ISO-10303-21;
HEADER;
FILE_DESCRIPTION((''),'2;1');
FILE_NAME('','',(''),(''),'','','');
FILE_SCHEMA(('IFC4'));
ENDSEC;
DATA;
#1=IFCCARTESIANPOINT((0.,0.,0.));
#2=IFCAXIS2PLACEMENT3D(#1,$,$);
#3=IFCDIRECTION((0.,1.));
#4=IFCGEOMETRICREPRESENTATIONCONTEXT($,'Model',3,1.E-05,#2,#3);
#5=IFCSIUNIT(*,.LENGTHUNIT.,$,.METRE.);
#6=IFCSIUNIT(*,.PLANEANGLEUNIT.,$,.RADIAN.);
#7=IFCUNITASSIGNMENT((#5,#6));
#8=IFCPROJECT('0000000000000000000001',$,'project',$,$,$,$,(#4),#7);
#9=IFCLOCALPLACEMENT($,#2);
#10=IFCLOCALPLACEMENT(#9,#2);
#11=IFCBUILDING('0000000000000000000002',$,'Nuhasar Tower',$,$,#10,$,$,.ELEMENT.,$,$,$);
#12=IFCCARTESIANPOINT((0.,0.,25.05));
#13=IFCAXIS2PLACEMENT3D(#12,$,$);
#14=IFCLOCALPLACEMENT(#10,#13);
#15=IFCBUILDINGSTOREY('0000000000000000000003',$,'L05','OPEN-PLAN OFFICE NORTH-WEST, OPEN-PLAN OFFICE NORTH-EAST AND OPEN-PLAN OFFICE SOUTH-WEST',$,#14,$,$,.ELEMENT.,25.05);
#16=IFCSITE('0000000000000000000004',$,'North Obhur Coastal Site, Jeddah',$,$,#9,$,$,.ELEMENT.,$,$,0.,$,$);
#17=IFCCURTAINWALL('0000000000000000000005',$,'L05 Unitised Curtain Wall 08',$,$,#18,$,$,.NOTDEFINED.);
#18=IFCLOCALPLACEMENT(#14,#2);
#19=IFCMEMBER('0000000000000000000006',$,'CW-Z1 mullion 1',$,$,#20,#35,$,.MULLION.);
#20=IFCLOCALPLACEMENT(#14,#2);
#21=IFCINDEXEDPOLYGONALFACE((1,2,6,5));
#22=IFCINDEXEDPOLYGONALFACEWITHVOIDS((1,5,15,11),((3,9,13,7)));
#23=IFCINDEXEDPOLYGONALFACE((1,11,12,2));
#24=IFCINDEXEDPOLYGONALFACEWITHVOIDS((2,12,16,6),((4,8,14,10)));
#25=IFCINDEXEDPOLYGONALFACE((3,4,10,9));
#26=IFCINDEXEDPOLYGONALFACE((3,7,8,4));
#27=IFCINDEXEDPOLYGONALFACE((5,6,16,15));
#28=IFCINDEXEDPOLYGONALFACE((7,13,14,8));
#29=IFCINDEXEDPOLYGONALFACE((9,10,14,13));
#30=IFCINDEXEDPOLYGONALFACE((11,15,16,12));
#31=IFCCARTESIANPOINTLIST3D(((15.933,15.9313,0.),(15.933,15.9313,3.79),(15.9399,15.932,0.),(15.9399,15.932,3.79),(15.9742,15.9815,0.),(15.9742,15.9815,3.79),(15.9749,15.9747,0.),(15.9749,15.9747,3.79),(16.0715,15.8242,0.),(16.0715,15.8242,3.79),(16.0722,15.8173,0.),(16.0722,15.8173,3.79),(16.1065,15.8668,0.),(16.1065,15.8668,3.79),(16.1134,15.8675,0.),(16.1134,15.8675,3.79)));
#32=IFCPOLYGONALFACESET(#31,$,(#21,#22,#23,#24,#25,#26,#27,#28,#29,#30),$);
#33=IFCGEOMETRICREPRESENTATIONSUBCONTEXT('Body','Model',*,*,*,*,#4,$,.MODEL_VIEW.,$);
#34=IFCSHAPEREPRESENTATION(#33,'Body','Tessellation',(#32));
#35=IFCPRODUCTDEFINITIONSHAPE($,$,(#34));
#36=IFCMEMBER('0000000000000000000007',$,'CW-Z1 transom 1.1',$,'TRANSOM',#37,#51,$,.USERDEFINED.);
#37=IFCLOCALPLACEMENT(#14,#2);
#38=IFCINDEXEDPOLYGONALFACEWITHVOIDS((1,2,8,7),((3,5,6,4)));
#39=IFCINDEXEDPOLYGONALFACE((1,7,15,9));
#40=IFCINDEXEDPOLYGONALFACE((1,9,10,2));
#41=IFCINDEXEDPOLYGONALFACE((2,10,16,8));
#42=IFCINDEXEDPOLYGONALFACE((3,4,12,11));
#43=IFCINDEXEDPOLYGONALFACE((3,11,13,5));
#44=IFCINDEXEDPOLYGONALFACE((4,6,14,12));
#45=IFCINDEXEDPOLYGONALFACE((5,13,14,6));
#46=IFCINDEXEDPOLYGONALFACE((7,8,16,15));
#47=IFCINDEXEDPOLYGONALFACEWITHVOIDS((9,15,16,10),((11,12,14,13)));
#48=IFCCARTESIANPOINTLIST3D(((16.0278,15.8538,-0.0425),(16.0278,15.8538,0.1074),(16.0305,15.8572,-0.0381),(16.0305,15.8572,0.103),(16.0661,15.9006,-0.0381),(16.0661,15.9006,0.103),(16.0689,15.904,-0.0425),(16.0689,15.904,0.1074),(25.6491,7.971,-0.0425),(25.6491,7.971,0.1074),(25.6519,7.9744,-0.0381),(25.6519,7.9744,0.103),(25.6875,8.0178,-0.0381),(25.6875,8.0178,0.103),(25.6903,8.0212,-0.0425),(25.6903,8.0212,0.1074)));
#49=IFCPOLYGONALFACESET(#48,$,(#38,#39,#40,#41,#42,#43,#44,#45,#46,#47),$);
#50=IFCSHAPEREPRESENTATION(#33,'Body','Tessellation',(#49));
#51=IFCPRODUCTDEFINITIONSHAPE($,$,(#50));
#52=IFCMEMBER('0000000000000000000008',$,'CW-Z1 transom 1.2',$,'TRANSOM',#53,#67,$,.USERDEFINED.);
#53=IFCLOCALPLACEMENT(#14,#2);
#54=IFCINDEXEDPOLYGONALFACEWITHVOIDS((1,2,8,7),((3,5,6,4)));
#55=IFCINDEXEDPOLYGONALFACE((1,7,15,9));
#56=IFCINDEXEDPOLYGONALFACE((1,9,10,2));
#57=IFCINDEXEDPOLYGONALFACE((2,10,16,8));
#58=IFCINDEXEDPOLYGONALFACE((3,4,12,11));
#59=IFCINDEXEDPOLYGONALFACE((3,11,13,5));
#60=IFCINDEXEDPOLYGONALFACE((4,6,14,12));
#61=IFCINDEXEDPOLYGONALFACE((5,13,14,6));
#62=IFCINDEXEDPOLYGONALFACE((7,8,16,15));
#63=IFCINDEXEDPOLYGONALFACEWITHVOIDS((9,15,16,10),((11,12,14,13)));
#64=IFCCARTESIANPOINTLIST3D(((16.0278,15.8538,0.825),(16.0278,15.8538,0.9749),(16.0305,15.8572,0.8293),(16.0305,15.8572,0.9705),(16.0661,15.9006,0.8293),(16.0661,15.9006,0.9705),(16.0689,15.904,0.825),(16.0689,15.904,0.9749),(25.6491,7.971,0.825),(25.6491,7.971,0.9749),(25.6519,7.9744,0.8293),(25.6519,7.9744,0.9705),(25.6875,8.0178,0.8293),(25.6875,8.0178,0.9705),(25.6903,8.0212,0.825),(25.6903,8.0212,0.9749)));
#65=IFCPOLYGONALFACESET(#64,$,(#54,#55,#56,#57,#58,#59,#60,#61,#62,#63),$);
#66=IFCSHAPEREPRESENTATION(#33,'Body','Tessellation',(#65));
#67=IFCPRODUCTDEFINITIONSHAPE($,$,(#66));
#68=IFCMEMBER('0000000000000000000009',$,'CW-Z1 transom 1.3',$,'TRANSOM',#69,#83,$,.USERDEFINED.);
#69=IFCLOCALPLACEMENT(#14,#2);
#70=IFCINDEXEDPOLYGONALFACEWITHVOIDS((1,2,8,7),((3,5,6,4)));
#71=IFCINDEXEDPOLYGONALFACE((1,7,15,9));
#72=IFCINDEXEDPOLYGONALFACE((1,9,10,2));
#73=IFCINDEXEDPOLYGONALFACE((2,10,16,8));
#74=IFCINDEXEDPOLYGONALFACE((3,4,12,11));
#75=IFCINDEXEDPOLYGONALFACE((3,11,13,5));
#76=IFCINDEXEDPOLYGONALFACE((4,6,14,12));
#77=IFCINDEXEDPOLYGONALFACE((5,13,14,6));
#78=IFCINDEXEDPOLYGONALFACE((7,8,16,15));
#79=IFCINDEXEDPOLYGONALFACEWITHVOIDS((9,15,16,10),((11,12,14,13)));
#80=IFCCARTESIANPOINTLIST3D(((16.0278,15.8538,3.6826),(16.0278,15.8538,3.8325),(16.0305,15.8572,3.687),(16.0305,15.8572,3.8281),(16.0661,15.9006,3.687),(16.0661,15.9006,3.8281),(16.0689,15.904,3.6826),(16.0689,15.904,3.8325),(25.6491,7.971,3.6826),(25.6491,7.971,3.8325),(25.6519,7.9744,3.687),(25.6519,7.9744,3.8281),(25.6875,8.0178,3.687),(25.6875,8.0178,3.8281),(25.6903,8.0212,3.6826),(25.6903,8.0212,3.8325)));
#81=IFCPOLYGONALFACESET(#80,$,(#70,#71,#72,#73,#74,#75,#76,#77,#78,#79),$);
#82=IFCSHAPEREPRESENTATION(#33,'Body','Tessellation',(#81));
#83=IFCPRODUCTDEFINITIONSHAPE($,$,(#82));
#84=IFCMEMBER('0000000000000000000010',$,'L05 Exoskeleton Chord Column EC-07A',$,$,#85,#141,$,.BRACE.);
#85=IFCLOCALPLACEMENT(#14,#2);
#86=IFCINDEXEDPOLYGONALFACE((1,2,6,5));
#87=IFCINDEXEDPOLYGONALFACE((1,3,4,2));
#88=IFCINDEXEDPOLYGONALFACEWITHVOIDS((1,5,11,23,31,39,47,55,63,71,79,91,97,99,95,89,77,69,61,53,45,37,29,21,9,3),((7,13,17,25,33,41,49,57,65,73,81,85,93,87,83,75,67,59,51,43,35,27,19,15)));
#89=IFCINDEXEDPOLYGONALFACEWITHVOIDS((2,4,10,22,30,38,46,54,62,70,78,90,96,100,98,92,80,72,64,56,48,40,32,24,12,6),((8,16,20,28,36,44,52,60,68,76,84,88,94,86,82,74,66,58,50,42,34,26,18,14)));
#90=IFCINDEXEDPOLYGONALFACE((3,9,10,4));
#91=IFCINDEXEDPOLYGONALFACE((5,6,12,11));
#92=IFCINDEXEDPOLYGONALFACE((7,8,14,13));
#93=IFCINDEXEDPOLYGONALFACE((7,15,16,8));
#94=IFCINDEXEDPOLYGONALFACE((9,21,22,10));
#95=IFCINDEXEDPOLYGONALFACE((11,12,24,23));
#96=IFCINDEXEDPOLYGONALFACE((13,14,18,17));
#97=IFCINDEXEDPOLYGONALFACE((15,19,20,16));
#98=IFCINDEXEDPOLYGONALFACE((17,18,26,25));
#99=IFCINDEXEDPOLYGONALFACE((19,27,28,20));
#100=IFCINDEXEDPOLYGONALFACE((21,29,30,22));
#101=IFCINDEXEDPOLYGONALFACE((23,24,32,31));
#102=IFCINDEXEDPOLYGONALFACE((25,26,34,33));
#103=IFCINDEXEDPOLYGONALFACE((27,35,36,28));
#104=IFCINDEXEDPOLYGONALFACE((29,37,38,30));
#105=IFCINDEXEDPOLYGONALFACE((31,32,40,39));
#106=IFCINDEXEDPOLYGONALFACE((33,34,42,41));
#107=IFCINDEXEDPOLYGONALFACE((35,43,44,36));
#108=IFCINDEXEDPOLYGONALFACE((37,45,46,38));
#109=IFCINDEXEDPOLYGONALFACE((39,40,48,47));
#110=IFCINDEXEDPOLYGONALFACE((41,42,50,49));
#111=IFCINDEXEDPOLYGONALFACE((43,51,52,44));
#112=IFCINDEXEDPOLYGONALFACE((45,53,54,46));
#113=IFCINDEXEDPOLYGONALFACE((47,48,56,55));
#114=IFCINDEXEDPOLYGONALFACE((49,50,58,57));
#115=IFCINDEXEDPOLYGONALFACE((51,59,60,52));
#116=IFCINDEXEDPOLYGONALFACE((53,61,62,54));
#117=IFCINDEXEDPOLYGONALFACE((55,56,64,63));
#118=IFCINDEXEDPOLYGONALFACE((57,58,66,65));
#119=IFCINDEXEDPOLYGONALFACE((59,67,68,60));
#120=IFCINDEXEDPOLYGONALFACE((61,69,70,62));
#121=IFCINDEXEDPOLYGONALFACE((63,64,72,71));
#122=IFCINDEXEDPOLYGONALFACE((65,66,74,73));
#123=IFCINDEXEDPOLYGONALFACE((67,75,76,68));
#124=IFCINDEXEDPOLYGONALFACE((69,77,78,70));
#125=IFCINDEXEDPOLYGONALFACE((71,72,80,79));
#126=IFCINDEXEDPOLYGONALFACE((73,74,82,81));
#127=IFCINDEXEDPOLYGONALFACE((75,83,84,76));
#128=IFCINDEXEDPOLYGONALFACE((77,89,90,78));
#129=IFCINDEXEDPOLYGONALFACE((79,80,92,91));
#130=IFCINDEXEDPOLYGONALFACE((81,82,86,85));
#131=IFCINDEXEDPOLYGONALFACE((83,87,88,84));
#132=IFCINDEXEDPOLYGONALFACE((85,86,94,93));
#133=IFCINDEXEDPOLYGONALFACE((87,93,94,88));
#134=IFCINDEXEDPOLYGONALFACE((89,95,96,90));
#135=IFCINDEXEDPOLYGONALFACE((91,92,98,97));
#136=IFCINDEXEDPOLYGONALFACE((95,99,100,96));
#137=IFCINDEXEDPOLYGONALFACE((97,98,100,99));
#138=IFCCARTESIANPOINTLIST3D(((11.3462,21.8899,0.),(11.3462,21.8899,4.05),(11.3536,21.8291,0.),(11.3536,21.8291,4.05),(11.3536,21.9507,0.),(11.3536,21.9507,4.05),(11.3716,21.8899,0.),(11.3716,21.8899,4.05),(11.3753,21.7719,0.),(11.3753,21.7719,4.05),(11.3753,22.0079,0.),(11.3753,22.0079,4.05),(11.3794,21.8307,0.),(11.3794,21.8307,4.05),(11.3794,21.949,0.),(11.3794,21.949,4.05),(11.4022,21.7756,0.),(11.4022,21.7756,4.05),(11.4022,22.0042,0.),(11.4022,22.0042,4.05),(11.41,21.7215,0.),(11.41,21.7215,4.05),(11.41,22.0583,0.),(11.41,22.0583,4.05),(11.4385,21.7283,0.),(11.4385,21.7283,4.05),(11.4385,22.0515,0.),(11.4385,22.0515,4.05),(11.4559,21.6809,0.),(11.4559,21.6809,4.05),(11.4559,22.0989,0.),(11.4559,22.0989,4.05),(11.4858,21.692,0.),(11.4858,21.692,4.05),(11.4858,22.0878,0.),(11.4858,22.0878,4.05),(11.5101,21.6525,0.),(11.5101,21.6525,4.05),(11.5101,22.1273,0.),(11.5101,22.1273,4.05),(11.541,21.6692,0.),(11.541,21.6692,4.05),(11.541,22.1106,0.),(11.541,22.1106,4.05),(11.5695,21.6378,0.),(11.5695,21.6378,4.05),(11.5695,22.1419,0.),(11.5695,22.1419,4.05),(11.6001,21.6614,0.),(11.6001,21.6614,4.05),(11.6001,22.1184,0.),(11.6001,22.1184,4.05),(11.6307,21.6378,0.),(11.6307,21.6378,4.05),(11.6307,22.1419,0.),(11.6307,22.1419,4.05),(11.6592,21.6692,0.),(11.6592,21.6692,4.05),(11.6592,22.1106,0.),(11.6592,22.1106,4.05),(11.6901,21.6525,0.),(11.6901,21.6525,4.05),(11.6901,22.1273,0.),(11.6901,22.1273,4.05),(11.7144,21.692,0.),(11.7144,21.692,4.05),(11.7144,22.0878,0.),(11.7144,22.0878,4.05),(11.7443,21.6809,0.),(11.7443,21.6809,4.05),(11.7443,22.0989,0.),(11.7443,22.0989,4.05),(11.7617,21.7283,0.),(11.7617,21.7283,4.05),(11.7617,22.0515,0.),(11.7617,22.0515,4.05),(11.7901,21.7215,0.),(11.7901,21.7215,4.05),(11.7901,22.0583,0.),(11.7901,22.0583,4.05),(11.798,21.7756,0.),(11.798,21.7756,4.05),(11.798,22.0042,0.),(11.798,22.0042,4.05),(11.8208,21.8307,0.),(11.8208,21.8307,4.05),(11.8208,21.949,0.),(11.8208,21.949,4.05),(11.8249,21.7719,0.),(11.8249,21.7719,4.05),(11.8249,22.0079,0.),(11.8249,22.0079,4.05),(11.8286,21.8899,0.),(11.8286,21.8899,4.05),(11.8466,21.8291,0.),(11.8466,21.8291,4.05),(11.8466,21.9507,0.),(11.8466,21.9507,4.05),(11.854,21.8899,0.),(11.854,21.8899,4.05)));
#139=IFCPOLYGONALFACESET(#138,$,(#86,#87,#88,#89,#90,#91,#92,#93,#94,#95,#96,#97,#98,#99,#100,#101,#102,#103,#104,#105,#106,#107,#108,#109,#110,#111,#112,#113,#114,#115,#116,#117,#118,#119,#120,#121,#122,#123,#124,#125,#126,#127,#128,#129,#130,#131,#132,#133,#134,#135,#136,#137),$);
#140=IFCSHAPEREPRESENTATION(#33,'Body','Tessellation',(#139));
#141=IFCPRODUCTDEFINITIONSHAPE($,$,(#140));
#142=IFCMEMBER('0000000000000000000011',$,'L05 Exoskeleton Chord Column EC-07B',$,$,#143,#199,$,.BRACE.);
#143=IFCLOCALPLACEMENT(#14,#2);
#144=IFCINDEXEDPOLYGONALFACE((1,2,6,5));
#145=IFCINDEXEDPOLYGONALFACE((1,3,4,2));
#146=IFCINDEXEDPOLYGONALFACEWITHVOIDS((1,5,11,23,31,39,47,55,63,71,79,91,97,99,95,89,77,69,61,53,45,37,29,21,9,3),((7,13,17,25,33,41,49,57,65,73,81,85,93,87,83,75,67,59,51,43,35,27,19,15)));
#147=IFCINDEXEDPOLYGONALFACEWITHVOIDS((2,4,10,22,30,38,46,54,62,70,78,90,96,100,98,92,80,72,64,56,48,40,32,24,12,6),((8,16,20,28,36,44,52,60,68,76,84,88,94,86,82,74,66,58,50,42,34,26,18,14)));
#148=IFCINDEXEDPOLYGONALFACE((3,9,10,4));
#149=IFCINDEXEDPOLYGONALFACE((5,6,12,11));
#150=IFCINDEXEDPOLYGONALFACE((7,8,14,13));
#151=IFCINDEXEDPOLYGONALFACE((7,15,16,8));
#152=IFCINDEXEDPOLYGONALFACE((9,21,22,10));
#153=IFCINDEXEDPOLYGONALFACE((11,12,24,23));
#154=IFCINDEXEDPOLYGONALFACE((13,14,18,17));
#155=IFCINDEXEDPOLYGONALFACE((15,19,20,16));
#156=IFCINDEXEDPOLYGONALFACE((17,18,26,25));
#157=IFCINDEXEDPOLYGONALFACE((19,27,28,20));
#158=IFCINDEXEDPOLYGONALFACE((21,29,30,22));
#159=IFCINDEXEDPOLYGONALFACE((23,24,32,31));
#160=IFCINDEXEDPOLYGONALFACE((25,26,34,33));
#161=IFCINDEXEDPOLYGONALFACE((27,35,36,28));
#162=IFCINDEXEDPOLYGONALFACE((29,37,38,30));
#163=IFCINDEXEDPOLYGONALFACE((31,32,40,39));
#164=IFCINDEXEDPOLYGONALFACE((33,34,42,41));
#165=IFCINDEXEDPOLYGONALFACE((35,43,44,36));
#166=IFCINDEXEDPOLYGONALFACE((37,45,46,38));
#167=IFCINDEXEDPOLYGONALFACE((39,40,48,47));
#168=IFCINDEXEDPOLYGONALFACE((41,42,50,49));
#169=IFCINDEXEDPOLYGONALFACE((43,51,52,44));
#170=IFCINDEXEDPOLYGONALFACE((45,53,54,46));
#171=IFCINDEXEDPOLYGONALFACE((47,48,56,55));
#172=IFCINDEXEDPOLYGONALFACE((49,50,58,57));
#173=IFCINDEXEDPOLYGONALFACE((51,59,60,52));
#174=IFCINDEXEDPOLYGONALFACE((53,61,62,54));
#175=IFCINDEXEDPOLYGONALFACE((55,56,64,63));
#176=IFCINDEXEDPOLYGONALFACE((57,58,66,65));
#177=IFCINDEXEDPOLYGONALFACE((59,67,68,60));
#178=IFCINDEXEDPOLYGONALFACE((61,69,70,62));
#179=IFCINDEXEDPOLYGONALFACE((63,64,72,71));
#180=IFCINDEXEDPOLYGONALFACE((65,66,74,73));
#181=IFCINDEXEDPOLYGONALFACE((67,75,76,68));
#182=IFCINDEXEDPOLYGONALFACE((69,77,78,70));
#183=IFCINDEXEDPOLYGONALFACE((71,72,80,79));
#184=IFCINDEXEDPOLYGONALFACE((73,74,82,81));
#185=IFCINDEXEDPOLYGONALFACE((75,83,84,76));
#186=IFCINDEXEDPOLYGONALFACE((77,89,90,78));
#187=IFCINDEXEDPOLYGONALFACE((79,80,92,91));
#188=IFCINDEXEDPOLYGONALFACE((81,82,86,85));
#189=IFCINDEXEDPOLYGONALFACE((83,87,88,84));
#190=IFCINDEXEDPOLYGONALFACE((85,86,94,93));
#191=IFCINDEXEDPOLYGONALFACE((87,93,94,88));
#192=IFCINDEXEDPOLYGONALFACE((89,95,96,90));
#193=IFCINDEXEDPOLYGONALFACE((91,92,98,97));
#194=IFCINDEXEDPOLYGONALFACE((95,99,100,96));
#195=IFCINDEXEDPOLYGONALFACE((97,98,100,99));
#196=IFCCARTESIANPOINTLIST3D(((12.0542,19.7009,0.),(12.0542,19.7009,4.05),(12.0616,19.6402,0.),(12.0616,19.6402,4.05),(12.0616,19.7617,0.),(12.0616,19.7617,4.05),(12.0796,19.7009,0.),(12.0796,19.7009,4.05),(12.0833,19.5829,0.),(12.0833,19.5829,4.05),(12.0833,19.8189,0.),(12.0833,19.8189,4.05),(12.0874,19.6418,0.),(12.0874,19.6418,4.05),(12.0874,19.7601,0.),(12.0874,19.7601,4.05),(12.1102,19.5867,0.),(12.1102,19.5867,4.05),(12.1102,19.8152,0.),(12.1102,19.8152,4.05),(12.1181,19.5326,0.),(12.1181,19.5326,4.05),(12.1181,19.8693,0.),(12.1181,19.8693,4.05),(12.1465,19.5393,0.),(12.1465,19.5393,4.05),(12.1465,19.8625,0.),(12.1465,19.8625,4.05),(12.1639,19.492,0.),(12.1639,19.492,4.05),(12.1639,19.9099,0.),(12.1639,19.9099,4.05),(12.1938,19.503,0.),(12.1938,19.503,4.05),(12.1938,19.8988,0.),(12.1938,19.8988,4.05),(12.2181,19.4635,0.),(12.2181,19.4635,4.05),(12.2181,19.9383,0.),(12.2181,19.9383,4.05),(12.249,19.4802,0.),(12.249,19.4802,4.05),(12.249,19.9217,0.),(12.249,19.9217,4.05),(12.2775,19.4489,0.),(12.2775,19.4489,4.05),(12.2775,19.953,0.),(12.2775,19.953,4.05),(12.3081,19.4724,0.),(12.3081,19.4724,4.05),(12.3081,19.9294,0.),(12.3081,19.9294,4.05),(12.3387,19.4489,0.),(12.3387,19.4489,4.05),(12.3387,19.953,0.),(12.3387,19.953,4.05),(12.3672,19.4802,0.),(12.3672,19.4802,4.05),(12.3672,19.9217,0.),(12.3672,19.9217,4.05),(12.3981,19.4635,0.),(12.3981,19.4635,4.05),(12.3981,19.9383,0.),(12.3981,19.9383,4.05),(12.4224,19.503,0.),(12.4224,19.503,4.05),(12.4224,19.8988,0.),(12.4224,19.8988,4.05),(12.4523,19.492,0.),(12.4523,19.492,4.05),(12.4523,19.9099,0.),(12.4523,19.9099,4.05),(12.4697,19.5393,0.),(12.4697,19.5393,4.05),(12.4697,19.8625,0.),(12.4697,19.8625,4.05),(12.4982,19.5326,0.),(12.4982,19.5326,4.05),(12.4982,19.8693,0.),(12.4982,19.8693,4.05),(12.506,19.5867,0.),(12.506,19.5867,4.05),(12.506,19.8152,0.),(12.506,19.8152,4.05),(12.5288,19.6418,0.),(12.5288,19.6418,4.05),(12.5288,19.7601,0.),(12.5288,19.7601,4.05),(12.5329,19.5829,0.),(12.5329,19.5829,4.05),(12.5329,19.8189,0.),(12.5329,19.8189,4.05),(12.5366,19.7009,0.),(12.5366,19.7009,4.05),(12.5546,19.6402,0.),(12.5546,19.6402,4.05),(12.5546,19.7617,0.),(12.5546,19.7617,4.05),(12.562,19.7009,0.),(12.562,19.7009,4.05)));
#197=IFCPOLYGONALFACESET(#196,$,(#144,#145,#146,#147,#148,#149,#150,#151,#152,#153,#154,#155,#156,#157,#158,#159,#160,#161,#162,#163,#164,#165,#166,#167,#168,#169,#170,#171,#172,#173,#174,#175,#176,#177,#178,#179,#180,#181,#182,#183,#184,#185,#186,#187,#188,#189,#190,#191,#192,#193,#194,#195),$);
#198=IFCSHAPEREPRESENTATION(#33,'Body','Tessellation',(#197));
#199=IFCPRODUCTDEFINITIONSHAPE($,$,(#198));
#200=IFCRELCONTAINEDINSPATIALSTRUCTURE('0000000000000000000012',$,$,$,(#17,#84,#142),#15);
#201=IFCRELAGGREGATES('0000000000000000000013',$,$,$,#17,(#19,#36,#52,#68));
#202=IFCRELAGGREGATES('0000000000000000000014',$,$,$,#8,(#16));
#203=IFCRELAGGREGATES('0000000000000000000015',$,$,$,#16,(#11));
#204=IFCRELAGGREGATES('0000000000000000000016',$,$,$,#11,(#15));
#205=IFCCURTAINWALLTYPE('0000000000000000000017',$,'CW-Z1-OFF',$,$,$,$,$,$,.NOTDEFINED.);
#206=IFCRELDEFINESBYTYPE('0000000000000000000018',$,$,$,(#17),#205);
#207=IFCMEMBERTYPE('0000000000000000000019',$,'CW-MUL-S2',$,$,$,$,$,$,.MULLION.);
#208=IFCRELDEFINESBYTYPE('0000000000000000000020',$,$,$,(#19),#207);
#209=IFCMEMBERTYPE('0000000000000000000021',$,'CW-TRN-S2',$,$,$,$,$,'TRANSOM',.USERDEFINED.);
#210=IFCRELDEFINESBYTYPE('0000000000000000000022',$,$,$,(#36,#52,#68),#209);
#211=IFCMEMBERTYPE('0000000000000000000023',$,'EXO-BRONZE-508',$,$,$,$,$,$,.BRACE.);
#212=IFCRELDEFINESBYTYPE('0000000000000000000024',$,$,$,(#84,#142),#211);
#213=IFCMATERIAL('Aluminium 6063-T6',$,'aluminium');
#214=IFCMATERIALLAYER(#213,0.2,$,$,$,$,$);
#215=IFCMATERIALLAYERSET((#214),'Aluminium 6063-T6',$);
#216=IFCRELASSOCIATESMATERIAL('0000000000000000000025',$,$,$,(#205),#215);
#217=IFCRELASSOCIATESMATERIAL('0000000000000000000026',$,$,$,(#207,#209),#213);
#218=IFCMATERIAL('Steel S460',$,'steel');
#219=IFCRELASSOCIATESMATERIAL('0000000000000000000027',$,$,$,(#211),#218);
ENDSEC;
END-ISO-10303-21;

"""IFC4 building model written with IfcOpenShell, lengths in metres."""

from ifc_helpers import new_model, si_unit, direction, frame, origin, origin_2d, place, context, subcontext, project, spatial, hollow_rectangle, hollow_circle, extrude, material, layer, layer_set, material_profile, profile_set, type_object, element, aggregate, save


model = new_model("IFC4")

# Units and contexts
model_context = context("Model", 3, precision=1e-05, world=origin(), true_north=direction((0.0, 1.0)))
body_context = subcontext(model_context, "Body", "Model", "MODEL_VIEW")
ifc_project = project(units=[si_unit("LENGTHUNIT", "METRE"), si_unit("PLANEANGLEUNIT", "RADIAN")], contexts=[model_context])

# Site, building, storey
site_placement = place(None, origin())
site = spatial("IfcSite", under=ifc_project, at=site_placement, Name="North Obhur Coastal Site, Jeddah", CompositionType="ELEMENT", RefElevation=0.0)
building_placement = place(site_placement, origin())
building = spatial("IfcBuilding", under=site, at=building_placement, Name="Nuhasar Tower", CompositionType="ELEMENT")
storey_placement = place(building_placement, frame((0.0, 0.0, 25.05)))
storey = spatial("IfcBuildingStorey", under=building, at=storey_placement, Name="L05", Description="OPEN-PLAN OFFICE NORTH-WEST, OPEN-PLAN OFFICE NORTH-EAST AND OPEN-PLAN OFFICE SOUTH-WEST", CompositionType="ELEMENT", Elevation=25.05)

# Shared definitions
ifc_material_1 = material(Name="Aluminium 6063-T6", Category="aluminium")
ifc_layer_1 = layer(ifc_material_1, 0.2)
ifc_layer_set_1 = layer_set([ifc_layer_1], Name="Aluminium 6063-T6")
curtain_wall_type = type_object("IfcCurtainWallType", Name="CW-Z1-OFF", PredefinedType="NOTDEFINED", material=ifc_layer_set_1)
ifc_material_profile_1 = material_profile(ifc_material_1, hollow_rectangle(XDim=0.0649, YDim=0.1799, WallThickness=0.0049, at=origin_2d()), Name="CWM-2")
ifc_profile_set_1 = profile_set([ifc_material_profile_1], Name="Aluminium 6063-T6")
member_type_1 = type_object("IfcMemberType", Name="CW-MUL-S2", PredefinedType="MULLION", material=ifc_profile_set_1)

# Curtain wall, members
curtain_wall_1_placement = place(storey_placement, origin())
curtain_wall_1 = element("IfcCurtainWall", 1, at=curtain_wall_1_placement, inside=storey, type_object=curtain_wall_type, Name="L05 Unitised Curtain Wall 08", PredefinedType="NOTDEFINED")
member_1_placement = place(storey_placement, frame((16.0232, 15.8994, 0.0), z_axis=(0.0, 0.0, 1.0), x_axis=(0.633745, 0.773542, 0.0)))
member_1 = element("IfcMember", 2, at=member_1_placement, type_object=member_type_1, Name="CW-Z1 mullion 1", PredefinedType="MULLION", context=body_context, shape_type="SweptSolid", body=[
    extrude(hollow_rectangle(XDim=0.0649, YDim=0.1799, WallThickness=0.0049, at=origin_2d()), origin(), (0.0, 0.0, 1.0), 3.79),
])
ifc_material_profile_2 = material_profile(ifc_material_1, hollow_rectangle(XDim=0.0649, YDim=0.1499, WallThickness=0.0044, at=origin_2d()), Name="CWT-2")
ifc_profile_set_2 = profile_set([ifc_material_profile_2], Name="Aluminium 6063-T6")
member_type_2 = type_object("IfcMemberType", Name="CW-TRN-S2", ElementType="TRANSOM", PredefinedType="USERDEFINED", material=ifc_profile_set_2)
member_2_placement = place(storey_placement, frame((16.0483, 15.8789, 0.0325), z_axis=(0.773531, -0.633758, 0.0), x_axis=(0.633758, 0.773531, 0.0)))
member_2 = element("IfcMember", 3, at=member_2_placement, type_object=member_type_2, Name="CW-Z1 transom 1.1", ObjectType="TRANSOM", PredefinedType="USERDEFINED", context=body_context, shape_type="SweptSolid", body=[
    extrude(hollow_rectangle(XDim=0.0649, YDim=0.1499, WallThickness=0.0044, at=origin_2d()), origin(), (0.0, 0.0, 1.0), 12.4382),
])
member_3_placement = place(storey_placement, frame((16.0483, 15.8789, 0.8999), z_axis=(0.773531, -0.633758, 0.0), x_axis=(0.633758, 0.773531, 0.0)))
member_3 = element("IfcMember", 4, at=member_3_placement, type_object=member_type_2, Name="CW-Z1 transom 1.2", ObjectType="TRANSOM", PredefinedType="USERDEFINED", context=body_context, shape_type="SweptSolid", body=[
    extrude(hollow_rectangle(XDim=0.0649, YDim=0.1499, WallThickness=0.0044, at=origin_2d()), origin(), (0.0, 0.0, 1.0), 12.4382),
])
member_4_placement = place(storey_placement, frame((16.0483, 15.8789, 3.7576), z_axis=(0.773531, -0.633758, 0.0), x_axis=(0.633758, 0.773531, 0.0)))
member_4 = element("IfcMember", 5, at=member_4_placement, type_object=member_type_2, Name="CW-Z1 transom 1.3", ObjectType="TRANSOM", PredefinedType="USERDEFINED", context=body_context, shape_type="SweptSolid", body=[
    extrude(hollow_rectangle(XDim=0.0649, YDim=0.1499, WallThickness=0.0044, at=origin_2d()), origin(), (0.0, 0.0, 1.0), 12.4382),
])
aggregate(curtain_wall_1, [member_1, member_2, member_3, member_4])

# Members
ifc_material_2 = material(Name="Steel S460", Category="steel")
ifc_material_profile_3 = material_profile(ifc_material_2, hollow_circle(Radius=0.2539, WallThickness=0.0254, at=origin_2d()), Name="HSS508X25.4")
ifc_profile_set_3 = profile_set([ifc_material_profile_3], Name="Steel S460")
member_type_3 = type_object("IfcMemberType", Name="EXO-BRONZE-508", PredefinedType="BRACE", material=ifc_profile_set_3)
for number, where, z_axis, x_axis, name in (
    (6, (11.6001, 21.8899, 0.0), (0.0, 0.0, 1.0), (1.0, 0.0, 0.0), "L05 Exoskeleton Chord Column EC-07A"),
    (7, (12.3081, 19.7009, 0.0), (0.0, 0.0, 1.0), (1.0, 0.0, 0.0), "L05 Exoskeleton Chord Column EC-07B"),
):
    element("IfcMember", number, at=place(storey_placement, frame(where, z_axis=z_axis, x_axis=x_axis)), inside=storey, type_object=member_type_3, Name=name, PredefinedType="BRACE", context=body_context, shape_type="SweptSolid", body=[
        extrude(hollow_circle(Radius=0.2539, WallThickness=0.0254, at=origin_2d()), origin(), (0.0, 0.0, 1.0), 4.05),
    ])

save(model, "model.ifc")
